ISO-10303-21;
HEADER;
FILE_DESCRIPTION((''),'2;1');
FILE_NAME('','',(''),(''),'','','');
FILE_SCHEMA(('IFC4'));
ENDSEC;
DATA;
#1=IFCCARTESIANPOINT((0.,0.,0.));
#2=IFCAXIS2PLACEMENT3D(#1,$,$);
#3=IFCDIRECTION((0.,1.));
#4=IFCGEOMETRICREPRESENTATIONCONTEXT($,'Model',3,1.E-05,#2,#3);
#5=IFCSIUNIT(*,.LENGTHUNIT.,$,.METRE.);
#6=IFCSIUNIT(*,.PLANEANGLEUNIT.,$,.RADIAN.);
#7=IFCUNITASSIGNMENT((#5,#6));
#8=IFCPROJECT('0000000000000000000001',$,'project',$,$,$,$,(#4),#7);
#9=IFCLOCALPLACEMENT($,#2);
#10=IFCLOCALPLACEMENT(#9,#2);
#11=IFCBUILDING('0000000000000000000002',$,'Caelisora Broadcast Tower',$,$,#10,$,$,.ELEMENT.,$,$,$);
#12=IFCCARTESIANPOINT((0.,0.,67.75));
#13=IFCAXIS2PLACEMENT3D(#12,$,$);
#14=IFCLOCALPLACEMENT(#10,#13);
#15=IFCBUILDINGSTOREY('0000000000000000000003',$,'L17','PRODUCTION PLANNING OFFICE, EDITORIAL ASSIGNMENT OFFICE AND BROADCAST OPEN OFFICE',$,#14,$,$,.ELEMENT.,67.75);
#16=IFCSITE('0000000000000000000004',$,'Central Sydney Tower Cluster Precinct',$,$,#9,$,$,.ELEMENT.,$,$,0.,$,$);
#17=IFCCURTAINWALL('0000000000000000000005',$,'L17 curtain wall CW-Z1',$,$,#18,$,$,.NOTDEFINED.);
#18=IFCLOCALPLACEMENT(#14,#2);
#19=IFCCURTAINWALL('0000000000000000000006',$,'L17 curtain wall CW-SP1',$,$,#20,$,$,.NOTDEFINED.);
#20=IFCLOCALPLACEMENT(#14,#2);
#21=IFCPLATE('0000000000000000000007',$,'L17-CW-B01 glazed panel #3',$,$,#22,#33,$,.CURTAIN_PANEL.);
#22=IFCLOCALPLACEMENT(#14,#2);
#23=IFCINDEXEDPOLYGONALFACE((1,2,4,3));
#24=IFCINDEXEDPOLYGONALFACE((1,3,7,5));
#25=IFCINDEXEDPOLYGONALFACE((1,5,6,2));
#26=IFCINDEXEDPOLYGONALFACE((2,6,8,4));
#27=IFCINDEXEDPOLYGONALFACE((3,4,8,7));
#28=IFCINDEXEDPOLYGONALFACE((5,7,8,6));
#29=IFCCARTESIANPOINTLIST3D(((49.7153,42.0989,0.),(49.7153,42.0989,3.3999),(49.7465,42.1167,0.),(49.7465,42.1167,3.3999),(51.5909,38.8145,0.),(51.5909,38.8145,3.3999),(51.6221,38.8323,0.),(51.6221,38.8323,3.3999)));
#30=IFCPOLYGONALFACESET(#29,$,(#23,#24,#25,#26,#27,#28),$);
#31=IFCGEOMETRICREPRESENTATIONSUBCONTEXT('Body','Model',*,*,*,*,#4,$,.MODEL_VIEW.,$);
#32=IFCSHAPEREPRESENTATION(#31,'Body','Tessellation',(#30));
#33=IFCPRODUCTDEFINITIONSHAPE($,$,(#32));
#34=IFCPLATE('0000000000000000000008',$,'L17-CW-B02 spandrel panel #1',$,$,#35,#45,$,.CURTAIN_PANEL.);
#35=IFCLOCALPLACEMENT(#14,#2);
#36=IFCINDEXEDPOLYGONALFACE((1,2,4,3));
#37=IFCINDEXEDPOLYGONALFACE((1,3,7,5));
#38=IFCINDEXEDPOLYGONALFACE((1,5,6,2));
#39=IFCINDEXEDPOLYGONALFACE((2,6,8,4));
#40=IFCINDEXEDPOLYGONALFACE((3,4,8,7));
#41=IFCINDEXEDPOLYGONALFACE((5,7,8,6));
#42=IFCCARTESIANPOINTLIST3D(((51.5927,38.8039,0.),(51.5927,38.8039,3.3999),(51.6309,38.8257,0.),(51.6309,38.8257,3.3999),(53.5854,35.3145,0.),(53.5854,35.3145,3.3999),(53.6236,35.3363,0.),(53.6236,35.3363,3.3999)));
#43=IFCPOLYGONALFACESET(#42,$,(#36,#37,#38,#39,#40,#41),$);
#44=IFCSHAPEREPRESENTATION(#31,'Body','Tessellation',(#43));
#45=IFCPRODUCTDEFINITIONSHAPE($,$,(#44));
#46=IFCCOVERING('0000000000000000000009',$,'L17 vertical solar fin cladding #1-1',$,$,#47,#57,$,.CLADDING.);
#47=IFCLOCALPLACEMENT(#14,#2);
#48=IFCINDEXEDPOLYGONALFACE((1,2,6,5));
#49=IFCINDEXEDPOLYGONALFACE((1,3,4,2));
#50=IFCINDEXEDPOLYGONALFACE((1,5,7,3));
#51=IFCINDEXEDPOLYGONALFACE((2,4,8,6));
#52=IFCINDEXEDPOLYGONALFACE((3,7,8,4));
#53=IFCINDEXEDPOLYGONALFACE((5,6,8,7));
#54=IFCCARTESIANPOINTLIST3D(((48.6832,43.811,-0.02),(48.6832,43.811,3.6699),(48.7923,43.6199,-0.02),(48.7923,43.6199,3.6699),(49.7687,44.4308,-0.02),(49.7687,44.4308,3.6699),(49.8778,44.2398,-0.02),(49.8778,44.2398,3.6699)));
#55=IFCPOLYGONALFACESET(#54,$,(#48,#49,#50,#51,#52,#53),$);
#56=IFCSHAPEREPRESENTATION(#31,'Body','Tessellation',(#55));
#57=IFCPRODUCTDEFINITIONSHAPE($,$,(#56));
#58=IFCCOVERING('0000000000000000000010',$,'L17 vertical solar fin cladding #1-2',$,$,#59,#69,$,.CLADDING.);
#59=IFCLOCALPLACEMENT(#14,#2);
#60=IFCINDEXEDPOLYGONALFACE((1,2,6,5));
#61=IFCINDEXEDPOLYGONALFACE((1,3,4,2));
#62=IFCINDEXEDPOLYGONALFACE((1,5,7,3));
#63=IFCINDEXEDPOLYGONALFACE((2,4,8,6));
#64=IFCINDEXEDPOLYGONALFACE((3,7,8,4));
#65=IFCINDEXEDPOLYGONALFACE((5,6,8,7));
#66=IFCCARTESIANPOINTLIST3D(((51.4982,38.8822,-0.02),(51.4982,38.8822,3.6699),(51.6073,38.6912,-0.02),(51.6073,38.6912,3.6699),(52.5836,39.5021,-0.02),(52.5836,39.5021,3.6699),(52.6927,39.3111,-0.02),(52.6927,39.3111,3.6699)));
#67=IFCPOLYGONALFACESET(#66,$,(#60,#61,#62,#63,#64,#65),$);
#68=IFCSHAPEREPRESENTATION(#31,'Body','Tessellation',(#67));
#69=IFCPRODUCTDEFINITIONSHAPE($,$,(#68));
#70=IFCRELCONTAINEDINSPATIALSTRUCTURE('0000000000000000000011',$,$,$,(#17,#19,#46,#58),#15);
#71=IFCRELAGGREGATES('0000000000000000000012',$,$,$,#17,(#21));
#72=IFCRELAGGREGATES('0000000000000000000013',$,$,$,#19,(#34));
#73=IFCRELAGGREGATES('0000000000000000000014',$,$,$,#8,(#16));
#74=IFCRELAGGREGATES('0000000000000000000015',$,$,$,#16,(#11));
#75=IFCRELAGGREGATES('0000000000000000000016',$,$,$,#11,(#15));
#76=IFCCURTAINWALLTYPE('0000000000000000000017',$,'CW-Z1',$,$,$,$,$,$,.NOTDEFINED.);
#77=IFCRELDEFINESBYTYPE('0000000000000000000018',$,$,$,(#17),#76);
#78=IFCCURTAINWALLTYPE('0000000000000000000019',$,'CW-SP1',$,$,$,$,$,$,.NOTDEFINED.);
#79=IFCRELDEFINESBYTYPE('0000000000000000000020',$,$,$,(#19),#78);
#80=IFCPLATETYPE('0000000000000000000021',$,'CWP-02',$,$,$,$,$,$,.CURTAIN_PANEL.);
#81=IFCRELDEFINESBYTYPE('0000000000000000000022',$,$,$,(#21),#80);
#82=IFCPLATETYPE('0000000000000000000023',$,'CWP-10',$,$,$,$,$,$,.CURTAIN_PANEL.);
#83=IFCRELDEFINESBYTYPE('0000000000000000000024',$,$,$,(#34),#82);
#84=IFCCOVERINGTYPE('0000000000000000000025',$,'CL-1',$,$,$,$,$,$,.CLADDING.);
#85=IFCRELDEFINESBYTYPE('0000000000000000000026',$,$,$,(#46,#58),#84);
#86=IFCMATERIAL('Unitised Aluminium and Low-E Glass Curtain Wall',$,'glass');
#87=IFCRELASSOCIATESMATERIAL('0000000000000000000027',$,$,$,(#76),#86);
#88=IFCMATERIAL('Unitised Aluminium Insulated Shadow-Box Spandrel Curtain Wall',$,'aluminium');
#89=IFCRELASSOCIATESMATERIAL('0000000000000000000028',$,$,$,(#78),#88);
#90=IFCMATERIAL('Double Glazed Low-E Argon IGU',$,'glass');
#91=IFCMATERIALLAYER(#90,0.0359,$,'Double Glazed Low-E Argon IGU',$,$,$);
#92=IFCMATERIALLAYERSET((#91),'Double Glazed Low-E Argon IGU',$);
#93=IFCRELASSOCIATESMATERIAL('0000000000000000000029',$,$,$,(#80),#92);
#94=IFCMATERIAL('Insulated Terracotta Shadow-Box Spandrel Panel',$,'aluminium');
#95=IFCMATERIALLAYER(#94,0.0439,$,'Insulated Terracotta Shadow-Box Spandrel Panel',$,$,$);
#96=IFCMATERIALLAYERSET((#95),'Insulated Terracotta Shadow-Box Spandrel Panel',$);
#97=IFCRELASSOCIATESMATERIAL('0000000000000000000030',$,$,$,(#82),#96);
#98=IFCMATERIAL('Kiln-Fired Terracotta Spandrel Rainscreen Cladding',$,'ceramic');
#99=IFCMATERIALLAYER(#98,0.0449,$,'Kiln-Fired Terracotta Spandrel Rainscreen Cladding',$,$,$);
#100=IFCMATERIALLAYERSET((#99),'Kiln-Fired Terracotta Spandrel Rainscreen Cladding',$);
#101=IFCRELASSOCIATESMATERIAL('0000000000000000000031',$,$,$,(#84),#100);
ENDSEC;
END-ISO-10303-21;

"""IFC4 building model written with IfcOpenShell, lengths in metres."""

from ifc_helpers import new_model, si_unit, direction, frame, origin, origin_2d, place, context, subcontext, project, spatial, rectangle, extrude, source, transform, mapped, material, layer, layer_set, type_object, type_shapes, element, aggregate, save


model = new_model("IFC4")

# Units and contexts
model_context = context("Model", 3, precision=1e-05, world=origin(), true_north=direction((0.0, 1.0)))
body_context = subcontext(model_context, "Body", "Model", "MODEL_VIEW")
ifc_project = project(units=[si_unit("LENGTHUNIT", "METRE"), si_unit("PLANEANGLEUNIT", "RADIAN")], contexts=[model_context])

# Site, building, storey
site_placement = place(None, origin())
site = spatial("IfcSite", under=ifc_project, at=site_placement, Name="Central Sydney Tower Cluster Precinct", CompositionType="ELEMENT", RefElevation=0.0)
building_placement = place(site_placement, origin())
building = spatial("IfcBuilding", under=site, at=building_placement, Name="Caelisora Broadcast Tower", CompositionType="ELEMENT")
storey_placement = place(building_placement, frame((0.0, 0.0, 67.75)))
storey = spatial("IfcBuildingStorey", under=building, at=storey_placement, Name="L17", Description="PRODUCTION PLANNING OFFICE, EDITORIAL ASSIGNMENT OFFICE AND BROADCAST OPEN OFFICE", CompositionType="ELEMENT", Elevation=67.75)

# Curtain wall
ifc_material_1 = material(Name="Unitised Aluminium and Low-E Glass Curtain Wall", Category="glass")
curtain_wall_type_1 = type_object("IfcCurtainWallType", Name="CW-Z1", PredefinedType="NOTDEFINED", material=ifc_material_1)
curtain_wall_1_placement = place(storey_placement, origin())
curtain_wall_1 = element("IfcCurtainWall", 1, at=curtain_wall_1_placement, inside=storey, type_object=curtain_wall_type_1, Name="L17 curtain wall CW-Z1", PredefinedType="NOTDEFINED")

# Curtain wall
ifc_material_2 = material(Name="Unitised Aluminium Insulated Shadow-Box Spandrel Curtain Wall", Category="aluminium")
curtain_wall_type_2 = type_object("IfcCurtainWallType", Name="CW-SP1", PredefinedType="NOTDEFINED", material=ifc_material_2)
curtain_wall_2_placement = place(storey_placement, origin())
curtain_wall_2 = element("IfcCurtainWall", 2, at=curtain_wall_2_placement, inside=storey, type_object=curtain_wall_type_2, Name="L17 curtain wall CW-SP1", PredefinedType="NOTDEFINED")

# Plates
ifc_material_3 = material(Name="Double Glazed Low-E Argon IGU", Category="glass")
ifc_layer_1 = layer(ifc_material_3, 0.0359, Name="Double Glazed Low-E Argon IGU")
ifc_layer_set_1 = layer_set([ifc_layer_1], Name="Double Glazed Low-E Argon IGU")
plate_type_1 = type_object("IfcPlateType", Name="CWP-02", PredefinedType="CURTAIN_PANEL", material=ifc_layer_set_1)
shared_shape_1 = source(origin(), body_context, "Body", "SweptSolid", [
    extrude(rectangle(XDim=3.7822, YDim=0.0359, at=origin_2d()), origin(), (0.0, 0.0, 1.0), 3.3999),
])
type_shapes(plate_type_1, [shared_shape_1])
plate_1_placement = place(storey_placement, frame((50.6687, 40.4656, 0.0), z_axis=(0.0, 0.0, 1.0), x_axis=(0.495913, -0.868372, 0.0)))
plate_1 = element("IfcPlate", 3, at=plate_1_placement, type_object=plate_type_1, Name="L17-CW-B01 glazed panel #3", PredefinedType="CURTAIN_PANEL", context=body_context, shape_type="MappedRepresentation", body=[
    mapped(shared_shape_1, transform((0.0, 0.0, 0.0), scale=1.0)),
])
aggregate(curtain_wall_1, [plate_1])
ifc_material_4 = material(Name="Insulated Terracotta Shadow-Box Spandrel Panel", Category="aluminium")
ifc_layer_2 = layer(ifc_material_4, 0.0439, Name="Insulated Terracotta Shadow-Box Spandrel Panel")
ifc_layer_set_2 = layer_set([ifc_layer_2], Name="Insulated Terracotta Shadow-Box Spandrel Panel")
plate_type_2 = type_object("IfcPlateType", Name="CWP-10", PredefinedType="CURTAIN_PANEL", material=ifc_layer_set_2)
shared_shape_2 = source(origin(), body_context, "Body", "SweptSolid", [
    extrude(rectangle(XDim=4.0183, YDim=0.0439, at=origin_2d()), origin(), (0.0, 0.0, 1.0), 3.3999),
])
type_shapes(plate_type_2, [shared_shape_2])
plate_2_placement = place(storey_placement, frame((52.6082, 37.0701, 0.0), z_axis=(0.0, 0.0, 1.0), x_axis=(0.495913, -0.868372, 0.0)))
plate_2 = element("IfcPlate", 4, at=plate_2_placement, type_object=plate_type_2, Name="L17-CW-B02 spandrel panel #1", PredefinedType="CURTAIN_PANEL", context=body_context, shape_type="MappedRepresentation", body=[
    mapped(shared_shape_2, transform((0.0, 0.0, 0.0), scale=1.0)),
])
aggregate(curtain_wall_2, [plate_2])

# Coverings
ifc_material_5 = material(Name="Kiln-Fired Terracotta Spandrel Rainscreen Cladding", Category="ceramic")
ifc_layer_3 = layer(ifc_material_5, 0.0449, Name="Kiln-Fired Terracotta Spandrel Rainscreen Cladding")
ifc_layer_set_3 = layer_set([ifc_layer_3], Name="Kiln-Fired Terracotta Spandrel Rainscreen Cladding")
covering_type = type_object("IfcCoveringType", Name="CL-1", PredefinedType="CLADDING", material=ifc_layer_set_3)
shared_shape_3 = source(origin(), body_context, "Body", "SweptSolid", [
    extrude(rectangle(XDim=0.22, YDim=1.25, at=origin_2d()), origin(), (0.0, 0.0, 1.0), 3.6899),
])
type_shapes(covering_type, [shared_shape_3])
for number, where, z_axis, x_axis, name in (
    (5, (49.2805, 44.0254, -0.02), (0.0, 0.0, 1.0), (0.495913, -0.868372, 0.0), "L17 vertical solar fin cladding #1-1"),
    (6, (52.0955, 39.0967, -0.02), (0.0, 0.0, 1.0), (0.495913, -0.868372, 0.0), "L17 vertical solar fin cladding #1-2"),
):
    element("IfcCovering", number, at=place(storey_placement, frame(where, z_axis=z_axis, x_axis=x_axis)), inside=storey, type_object=covering_type, Name=name, PredefinedType="CLADDING", context=body_context, shape_type="MappedRepresentation", body=[
        mapped(shared_shape_3, transform((0.0, 0.0, 0.0), scale=1.0)),
    ])

save(model, "model.ifc")
